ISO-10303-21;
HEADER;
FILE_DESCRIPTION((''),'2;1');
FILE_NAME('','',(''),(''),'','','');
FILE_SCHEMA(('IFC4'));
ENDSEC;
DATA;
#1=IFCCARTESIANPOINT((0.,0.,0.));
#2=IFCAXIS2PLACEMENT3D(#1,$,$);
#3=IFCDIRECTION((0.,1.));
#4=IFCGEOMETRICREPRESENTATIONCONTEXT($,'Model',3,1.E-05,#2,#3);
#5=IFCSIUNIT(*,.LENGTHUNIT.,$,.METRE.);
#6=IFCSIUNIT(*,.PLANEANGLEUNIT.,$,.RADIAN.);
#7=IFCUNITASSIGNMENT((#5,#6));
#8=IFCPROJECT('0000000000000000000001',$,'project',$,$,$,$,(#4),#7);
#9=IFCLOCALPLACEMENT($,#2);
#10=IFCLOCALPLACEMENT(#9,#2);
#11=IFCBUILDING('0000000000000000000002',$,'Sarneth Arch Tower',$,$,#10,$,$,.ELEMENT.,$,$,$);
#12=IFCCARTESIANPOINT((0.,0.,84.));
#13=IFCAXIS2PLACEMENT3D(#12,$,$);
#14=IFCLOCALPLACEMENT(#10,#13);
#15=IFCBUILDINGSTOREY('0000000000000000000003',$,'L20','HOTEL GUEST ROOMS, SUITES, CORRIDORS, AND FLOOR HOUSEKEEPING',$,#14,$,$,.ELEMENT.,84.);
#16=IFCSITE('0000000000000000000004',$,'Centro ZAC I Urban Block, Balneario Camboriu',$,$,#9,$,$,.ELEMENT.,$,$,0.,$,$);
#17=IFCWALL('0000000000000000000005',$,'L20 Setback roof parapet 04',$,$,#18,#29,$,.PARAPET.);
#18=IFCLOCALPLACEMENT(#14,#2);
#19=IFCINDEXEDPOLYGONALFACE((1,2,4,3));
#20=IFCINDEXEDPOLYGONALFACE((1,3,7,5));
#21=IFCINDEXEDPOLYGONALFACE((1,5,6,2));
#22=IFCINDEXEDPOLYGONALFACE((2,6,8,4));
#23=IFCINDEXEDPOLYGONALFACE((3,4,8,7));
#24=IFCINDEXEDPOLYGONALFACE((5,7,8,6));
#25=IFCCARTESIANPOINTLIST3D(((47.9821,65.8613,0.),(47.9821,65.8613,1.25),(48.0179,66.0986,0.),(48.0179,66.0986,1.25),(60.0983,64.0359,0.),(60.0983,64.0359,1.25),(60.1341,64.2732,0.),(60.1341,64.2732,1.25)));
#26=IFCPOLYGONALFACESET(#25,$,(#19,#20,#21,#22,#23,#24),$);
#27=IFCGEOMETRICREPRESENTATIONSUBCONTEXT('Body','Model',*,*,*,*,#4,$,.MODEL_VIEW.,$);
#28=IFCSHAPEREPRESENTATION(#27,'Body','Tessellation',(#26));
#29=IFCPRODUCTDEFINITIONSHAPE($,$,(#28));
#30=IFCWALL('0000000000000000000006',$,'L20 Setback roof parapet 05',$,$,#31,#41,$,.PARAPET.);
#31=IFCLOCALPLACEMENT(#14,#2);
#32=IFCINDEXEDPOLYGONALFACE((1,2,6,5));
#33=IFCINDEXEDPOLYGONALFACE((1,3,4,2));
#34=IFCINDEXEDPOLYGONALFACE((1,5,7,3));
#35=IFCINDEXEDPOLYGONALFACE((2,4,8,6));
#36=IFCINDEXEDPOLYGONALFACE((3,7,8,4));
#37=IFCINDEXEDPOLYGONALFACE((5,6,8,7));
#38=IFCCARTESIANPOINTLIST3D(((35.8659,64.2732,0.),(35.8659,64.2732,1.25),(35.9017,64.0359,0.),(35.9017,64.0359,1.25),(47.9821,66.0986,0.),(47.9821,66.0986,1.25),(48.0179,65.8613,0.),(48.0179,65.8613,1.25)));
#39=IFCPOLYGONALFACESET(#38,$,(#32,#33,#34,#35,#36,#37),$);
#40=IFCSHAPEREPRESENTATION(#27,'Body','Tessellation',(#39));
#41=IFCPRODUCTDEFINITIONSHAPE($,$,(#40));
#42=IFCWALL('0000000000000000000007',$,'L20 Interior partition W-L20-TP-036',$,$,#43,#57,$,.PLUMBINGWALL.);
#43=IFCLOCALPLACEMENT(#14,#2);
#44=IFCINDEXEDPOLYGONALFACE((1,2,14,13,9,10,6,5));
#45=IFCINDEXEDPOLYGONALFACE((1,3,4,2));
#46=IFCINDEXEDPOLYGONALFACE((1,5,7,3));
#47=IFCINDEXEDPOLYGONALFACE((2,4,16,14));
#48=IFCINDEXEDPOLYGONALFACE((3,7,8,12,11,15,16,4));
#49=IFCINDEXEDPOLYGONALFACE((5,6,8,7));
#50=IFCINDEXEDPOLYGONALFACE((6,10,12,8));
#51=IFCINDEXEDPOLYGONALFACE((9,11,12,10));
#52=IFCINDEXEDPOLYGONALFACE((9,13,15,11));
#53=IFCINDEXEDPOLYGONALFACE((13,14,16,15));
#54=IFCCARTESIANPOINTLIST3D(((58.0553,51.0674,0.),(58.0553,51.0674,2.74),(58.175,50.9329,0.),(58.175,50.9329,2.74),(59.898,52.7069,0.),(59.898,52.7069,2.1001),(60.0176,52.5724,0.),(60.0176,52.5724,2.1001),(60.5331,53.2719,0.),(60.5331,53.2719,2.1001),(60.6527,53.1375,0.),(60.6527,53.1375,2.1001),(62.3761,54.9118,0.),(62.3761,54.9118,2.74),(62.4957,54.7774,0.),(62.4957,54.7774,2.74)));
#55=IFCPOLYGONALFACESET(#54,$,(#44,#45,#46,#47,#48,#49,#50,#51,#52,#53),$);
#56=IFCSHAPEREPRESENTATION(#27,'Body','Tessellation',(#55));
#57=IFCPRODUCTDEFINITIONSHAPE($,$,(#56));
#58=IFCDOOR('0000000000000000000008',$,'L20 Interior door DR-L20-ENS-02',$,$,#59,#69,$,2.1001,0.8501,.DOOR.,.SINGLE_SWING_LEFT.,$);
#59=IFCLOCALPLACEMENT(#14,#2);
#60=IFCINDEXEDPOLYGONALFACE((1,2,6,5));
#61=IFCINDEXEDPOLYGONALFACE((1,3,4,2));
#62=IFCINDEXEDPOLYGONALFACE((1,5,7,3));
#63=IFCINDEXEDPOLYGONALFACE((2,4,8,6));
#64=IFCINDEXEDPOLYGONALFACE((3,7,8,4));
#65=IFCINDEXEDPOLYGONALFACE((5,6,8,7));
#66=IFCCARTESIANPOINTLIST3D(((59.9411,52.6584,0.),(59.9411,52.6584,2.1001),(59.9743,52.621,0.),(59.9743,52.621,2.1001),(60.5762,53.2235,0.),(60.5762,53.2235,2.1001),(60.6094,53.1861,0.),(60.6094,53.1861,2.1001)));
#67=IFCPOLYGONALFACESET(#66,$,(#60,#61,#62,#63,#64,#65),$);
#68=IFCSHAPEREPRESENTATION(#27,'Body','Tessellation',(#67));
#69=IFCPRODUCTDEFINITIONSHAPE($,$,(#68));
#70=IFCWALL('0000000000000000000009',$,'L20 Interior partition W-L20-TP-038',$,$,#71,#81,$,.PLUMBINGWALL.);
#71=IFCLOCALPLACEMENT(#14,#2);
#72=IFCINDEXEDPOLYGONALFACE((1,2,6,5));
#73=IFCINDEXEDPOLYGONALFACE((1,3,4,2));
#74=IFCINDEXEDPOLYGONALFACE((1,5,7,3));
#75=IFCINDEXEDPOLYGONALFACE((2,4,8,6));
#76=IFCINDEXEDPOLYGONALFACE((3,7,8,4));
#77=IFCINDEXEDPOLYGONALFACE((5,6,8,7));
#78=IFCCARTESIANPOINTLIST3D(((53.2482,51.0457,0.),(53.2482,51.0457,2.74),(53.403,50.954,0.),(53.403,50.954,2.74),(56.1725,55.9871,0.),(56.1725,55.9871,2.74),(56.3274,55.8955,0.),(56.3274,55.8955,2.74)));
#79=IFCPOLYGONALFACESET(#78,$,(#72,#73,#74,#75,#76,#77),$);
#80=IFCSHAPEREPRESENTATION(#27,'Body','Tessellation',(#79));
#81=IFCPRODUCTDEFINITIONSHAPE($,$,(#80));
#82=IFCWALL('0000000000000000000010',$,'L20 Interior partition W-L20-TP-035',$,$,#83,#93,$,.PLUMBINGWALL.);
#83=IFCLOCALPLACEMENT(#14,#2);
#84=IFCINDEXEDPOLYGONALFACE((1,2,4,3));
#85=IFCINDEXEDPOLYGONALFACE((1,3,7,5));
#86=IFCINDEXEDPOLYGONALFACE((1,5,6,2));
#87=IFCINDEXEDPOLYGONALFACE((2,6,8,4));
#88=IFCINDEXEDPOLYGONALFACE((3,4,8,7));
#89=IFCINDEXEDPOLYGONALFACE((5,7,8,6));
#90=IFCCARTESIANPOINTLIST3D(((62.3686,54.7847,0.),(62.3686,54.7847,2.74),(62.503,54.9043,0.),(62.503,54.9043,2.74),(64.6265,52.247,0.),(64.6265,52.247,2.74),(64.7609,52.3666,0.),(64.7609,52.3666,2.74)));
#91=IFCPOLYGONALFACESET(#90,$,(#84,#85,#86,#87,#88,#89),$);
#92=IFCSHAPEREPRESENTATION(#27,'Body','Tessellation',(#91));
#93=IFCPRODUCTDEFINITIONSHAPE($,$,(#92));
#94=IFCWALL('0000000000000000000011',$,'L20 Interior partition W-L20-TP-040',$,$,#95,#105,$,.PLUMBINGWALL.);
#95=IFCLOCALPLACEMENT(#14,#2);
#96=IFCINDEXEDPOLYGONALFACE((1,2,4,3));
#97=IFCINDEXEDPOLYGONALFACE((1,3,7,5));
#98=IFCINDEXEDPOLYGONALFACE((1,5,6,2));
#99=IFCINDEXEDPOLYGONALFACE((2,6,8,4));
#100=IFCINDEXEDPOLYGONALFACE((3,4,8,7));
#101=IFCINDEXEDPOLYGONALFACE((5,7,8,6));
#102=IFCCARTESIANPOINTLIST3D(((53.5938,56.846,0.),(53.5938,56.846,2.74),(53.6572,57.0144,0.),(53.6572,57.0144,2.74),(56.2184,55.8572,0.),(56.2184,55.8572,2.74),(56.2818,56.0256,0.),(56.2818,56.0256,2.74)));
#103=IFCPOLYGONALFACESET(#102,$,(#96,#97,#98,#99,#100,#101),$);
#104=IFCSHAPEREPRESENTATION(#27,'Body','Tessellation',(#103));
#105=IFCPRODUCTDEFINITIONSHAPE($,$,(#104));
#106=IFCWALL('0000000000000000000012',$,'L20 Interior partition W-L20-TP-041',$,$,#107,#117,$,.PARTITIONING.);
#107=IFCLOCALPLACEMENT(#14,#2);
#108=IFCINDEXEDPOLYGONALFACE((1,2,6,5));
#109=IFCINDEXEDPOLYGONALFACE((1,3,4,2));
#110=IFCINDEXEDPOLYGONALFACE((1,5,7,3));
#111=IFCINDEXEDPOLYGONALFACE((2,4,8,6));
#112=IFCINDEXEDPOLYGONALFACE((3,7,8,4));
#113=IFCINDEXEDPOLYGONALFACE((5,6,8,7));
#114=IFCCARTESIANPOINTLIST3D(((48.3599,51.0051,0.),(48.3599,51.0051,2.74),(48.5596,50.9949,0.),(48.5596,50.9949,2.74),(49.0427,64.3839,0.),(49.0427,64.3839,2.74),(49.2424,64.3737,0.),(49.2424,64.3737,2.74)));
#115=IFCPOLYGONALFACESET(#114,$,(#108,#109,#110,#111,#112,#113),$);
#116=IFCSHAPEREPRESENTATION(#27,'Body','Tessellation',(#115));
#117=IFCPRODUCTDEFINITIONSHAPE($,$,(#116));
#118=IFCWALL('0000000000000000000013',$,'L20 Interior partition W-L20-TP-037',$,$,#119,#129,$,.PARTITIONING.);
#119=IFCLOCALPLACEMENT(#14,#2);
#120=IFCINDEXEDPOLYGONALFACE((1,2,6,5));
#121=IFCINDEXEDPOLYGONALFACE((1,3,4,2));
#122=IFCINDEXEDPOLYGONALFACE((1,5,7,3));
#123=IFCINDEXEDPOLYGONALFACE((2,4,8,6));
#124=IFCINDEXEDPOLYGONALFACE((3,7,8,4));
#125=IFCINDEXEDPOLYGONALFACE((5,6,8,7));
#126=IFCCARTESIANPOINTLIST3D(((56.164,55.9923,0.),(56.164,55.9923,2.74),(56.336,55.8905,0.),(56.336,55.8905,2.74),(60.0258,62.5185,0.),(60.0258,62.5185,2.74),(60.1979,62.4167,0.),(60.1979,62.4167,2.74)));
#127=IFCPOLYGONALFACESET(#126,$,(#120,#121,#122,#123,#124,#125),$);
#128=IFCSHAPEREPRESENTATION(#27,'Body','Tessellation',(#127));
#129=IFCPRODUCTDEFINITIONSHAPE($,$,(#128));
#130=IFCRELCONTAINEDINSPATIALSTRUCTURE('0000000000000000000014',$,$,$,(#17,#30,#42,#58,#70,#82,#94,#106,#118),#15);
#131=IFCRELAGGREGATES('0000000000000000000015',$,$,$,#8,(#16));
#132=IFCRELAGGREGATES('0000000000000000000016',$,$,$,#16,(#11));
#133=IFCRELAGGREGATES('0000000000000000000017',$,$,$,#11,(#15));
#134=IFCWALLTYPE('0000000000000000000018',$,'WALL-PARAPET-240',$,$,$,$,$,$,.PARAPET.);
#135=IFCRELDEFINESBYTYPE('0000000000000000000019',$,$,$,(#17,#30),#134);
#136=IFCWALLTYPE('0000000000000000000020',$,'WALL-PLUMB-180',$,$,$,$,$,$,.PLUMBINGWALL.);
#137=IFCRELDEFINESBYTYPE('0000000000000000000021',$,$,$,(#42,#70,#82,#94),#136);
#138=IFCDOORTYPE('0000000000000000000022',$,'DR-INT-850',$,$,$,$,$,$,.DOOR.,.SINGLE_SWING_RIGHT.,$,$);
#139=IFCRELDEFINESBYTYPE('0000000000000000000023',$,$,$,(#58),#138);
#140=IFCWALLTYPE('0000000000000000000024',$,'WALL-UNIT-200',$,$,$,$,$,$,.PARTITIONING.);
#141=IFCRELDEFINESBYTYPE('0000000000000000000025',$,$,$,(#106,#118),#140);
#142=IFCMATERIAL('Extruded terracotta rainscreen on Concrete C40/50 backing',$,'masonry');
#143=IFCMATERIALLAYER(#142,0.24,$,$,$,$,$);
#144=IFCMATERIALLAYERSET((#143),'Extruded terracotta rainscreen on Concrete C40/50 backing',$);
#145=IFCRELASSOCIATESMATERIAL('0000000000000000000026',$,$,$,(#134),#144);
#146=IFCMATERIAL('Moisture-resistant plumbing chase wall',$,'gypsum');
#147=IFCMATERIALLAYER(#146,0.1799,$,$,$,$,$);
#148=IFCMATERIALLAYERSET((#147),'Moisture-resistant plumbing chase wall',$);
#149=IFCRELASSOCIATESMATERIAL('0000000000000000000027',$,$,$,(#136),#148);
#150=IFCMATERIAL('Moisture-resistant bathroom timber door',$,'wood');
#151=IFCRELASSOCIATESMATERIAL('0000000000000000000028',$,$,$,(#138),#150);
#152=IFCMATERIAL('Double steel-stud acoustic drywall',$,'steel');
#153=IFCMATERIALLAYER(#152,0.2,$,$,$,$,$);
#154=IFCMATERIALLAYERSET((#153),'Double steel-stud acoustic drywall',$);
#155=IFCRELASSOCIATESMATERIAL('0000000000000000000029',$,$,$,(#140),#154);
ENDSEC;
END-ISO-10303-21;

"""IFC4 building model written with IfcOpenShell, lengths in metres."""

from ifc_helpers import new_model, si_unit, direction, frame, frame_2d, origin, place, context, subcontext, project, spatial, rectangle, extrude, material, layer, layer_set, type_object, element, fill, save


model = new_model("IFC4")

# Units and contexts
model_context = context("Model", 3, precision=1e-05, world=origin(), true_north=direction((0.0, 1.0)))
body_context = subcontext(model_context, "Body", "Model", "MODEL_VIEW")
ifc_project = project(units=[si_unit("LENGTHUNIT", "METRE"), si_unit("PLANEANGLEUNIT", "RADIAN")], contexts=[model_context])

# Site, building, storey
site_placement = place(None, origin())
site = spatial("IfcSite", under=ifc_project, at=site_placement, Name="Centro ZAC I Urban Block, Balneario Camboriu", CompositionType="ELEMENT", RefElevation=0.0)
building_placement = place(site_placement, origin())
building = spatial("IfcBuilding", under=site, at=building_placement, Name="Sarneth Arch Tower", CompositionType="ELEMENT")
storey_placement = place(building_placement, frame((0.0, 0.0, 84.0)))
storey = spatial("IfcBuildingStorey", under=building, at=storey_placement, Name="L20", Description="HOTEL GUEST ROOMS, SUITES, CORRIDORS, AND FLOOR HOUSEKEEPING", CompositionType="ELEMENT", Elevation=84.0)

# Walls
ifc_material_1 = material(Name="Extruded terracotta rainscreen on Concrete C40/50 backing", Category="masonry")
ifc_layer_1 = layer(ifc_material_1, 0.24)
ifc_layer_set_1 = layer_set([ifc_layer_1], Name="Extruded terracotta rainscreen on Concrete C40/50 backing")
wall_type_1 = type_object("IfcWallType", Name="WALL-PARAPET-240", PredefinedType="PARAPET", material=ifc_layer_set_1)
for number, where, z_axis, x_axis, name in (
    (1, (60.1162, 64.1545, 0.0), (0.0, 0.0, 1.0), (-0.98884, 0.14898, 0.0), "L20 Setback roof parapet 04"),
    (2, (48.0, 65.98, 0.0), (0.0, 0.0, 1.0), (-0.98884, -0.14898, 0.0), "L20 Setback roof parapet 05"),
):
    element("IfcWall", number, at=place(storey_placement, frame(where, z_axis=z_axis, x_axis=x_axis)), inside=storey, type_object=wall_type_1, Name=name, PredefinedType="PARAPET", context=body_context, shape_type="SweptSolid", body=[
        extrude(rectangle(XDim=12.2529, YDim=0.24, at=frame_2d((6.1265, 0.0))), origin(), (0.0, 0.0, 1.0), 1.25),
    ])

# Wall, opening, door
ifc_material_2 = material(Name="Moisture-resistant plumbing chase wall", Category="gypsum")
ifc_layer_2 = layer(ifc_material_2, 0.1799)
ifc_layer_set_2 = layer_set([ifc_layer_2], Name="Moisture-resistant plumbing chase wall")
wall_type_2 = type_object("IfcWallType", Name="WALL-PLUMB-180", PredefinedType="PLUMBINGWALL", material=ifc_layer_set_2)
wall_1_placement = place(storey_placement, frame((62.4358, 54.8445, 0.0), z_axis=(0.0, 0.0, 1.0), x_axis=(-0.747085, -0.664728, 0.0)))
wall_1 = element("IfcWall", 3, at=wall_1_placement, inside=storey, type_object=wall_type_2, Name="L20 Interior partition W-L20-TP-036", PredefinedType="PLUMBINGWALL", context=body_context, shape_type="SweptSolid", body=[
    extrude(rectangle(XDim=5.7834, YDim=0.1799, at=frame_2d((2.8916, 0.0))), origin(), (0.0, 0.0, 1.0), 2.74),
])
opening_1_placement = place(wall_1_placement, frame((2.4668, 0.0, 0.0)))
opening_1 = element("IfcOpeningElement", 4, at=opening_1_placement, cuts=wall_1, PredefinedType="OPENING", context=body_context, shape_type="SweptSolid", body=[
    extrude(rectangle(XDim=0.8501, YDim=2.1001, at=frame_2d((0.425, 1.05))), frame((0.0, 0.0999, 0.0), z_axis=(0.0, -1.0, 0.0), x_axis=(1.0, 0.0, 0.0)), (0.0, 0.0, 1.0), 0.2),
])
ifc_material_3 = material(Name="Moisture-resistant bathroom timber door", Category="wood")
door_type_1 = type_object("IfcDoorType", Name="DR-INT-850", OperationType="SINGLE_SWING_RIGHT", PredefinedType="DOOR", material=ifc_material_3)
door_1_placement = place(opening_1_placement, origin())
door_1 = element("IfcDoor", 5, at=door_1_placement, inside=storey, type_object=door_type_1, Name="L20 Interior door DR-L20-ENS-02", OperationType="SINGLE_SWING_LEFT", OverallHeight=2.1001, OverallWidth=0.8501, PredefinedType="DOOR", context=body_context, shape_type="SweptSolid", body=[
    extrude(rectangle(XDim=0.8501, YDim=2.1001, at=frame_2d((0.425, 1.05))), frame((0.0, 0.0249, 0.0), z_axis=(0.0, -1.0, 0.0), x_axis=(1.0, 0.0, 0.0)), (0.0, 0.0, 1.0), 0.05),
])
fill(opening_1, door_1)

# Walls
wall_2_placement = place(storey_placement, frame((56.25, 55.9414, 0.0), z_axis=(0.0, 0.0, 1.0), x_axis=(-0.509296, -0.860591, 0.0)))
element("IfcWall", 6, at=wall_2_placement, inside=storey, type_object=wall_type_2, Name="L20 Interior partition W-L20-TP-038", PredefinedType="PLUMBINGWALL", context=body_context, shape_type="SweptSolid", body=[
    extrude(rectangle(XDim=5.7419, YDim=0.1799, at=frame_2d((2.8711, 0.0))), origin(), (0.0, 0.0, 1.0), 2.74),
])
wall_3_placement = place(storey_placement, frame((64.6936, 52.3069, 0.0), z_axis=(0.0, 0.0, 1.0), x_axis=(-0.664721, 0.747092, 0.0)))
element("IfcWall", 7, at=wall_3_placement, inside=storey, type_object=wall_type_2, Name="L20 Interior partition W-L20-TP-035", PredefinedType="PLUMBINGWALL", context=body_context, shape_type="SweptSolid", body=[
    extrude(rectangle(XDim=3.3967, YDim=0.1799, at=frame_2d((1.6982, 0.0))), origin(), (0.0, 0.0, 1.0), 2.74),
])
wall_4_placement = place(storey_placement, frame((53.6255, 56.9302, 0.0), z_axis=(0.0, 0.0, 1.0), x_axis=(0.935791, -0.352554, 0.0)))
element("IfcWall", 8, at=wall_4_placement, inside=storey, type_object=wall_type_2, Name="L20 Interior partition W-L20-TP-040", PredefinedType="PLUMBINGWALL", context=body_context, shape_type="SweptSolid", body=[
    extrude(rectangle(XDim=2.8047, YDim=0.1799, at=frame_2d((1.4023, 0.0))), origin(), (0.0, 0.0, 1.0), 2.74),
])
ifc_material_4 = material(Name="Double steel-stud acoustic drywall", Category="steel")
ifc_layer_3 = layer(ifc_material_4, 0.2)
ifc_layer_set_3 = layer_set([ifc_layer_3], Name="Double steel-stud acoustic drywall")
wall_type_3 = type_object("IfcWallType", Name="WALL-UNIT-200", PredefinedType="PARTITIONING", material=ifc_layer_set_3)
wall_5_placement = place(storey_placement, frame((49.1426, 64.3789, 0.0), z_axis=(0.0, 0.0, 1.0), x_axis=(-0.050974, -0.9987, 0.0)))
element("IfcWall", 9, at=wall_5_placement, inside=storey, type_object=wall_type_3, Name="L20 Interior partition W-L20-TP-041", PredefinedType="PARTITIONING", context=body_context, shape_type="SweptSolid", body=[
    extrude(rectangle(XDim=13.3962, YDim=0.2, at=frame_2d((6.6982, 0.0))), origin(), (0.0, 0.0, 1.0), 2.74),
])
wall_6_placement = place(storey_placement, frame((60.1118, 62.4675, 0.0), z_axis=(0.0, 0.0, 1.0), x_axis=(-0.509264, -0.86061, 0.0)))
element("IfcWall", 10, at=wall_6_placement, inside=storey, type_object=wall_type_3, Name="L20 Interior partition W-L20-TP-037", PredefinedType="PARTITIONING", context=body_context, shape_type="SweptSolid", body=[
    extrude(rectangle(XDim=7.5833, YDim=0.2, at=frame_2d((3.7915, 0.0))), origin(), (0.0, 0.0, 1.0), 2.74),
])

save(model, "model.ifc")
